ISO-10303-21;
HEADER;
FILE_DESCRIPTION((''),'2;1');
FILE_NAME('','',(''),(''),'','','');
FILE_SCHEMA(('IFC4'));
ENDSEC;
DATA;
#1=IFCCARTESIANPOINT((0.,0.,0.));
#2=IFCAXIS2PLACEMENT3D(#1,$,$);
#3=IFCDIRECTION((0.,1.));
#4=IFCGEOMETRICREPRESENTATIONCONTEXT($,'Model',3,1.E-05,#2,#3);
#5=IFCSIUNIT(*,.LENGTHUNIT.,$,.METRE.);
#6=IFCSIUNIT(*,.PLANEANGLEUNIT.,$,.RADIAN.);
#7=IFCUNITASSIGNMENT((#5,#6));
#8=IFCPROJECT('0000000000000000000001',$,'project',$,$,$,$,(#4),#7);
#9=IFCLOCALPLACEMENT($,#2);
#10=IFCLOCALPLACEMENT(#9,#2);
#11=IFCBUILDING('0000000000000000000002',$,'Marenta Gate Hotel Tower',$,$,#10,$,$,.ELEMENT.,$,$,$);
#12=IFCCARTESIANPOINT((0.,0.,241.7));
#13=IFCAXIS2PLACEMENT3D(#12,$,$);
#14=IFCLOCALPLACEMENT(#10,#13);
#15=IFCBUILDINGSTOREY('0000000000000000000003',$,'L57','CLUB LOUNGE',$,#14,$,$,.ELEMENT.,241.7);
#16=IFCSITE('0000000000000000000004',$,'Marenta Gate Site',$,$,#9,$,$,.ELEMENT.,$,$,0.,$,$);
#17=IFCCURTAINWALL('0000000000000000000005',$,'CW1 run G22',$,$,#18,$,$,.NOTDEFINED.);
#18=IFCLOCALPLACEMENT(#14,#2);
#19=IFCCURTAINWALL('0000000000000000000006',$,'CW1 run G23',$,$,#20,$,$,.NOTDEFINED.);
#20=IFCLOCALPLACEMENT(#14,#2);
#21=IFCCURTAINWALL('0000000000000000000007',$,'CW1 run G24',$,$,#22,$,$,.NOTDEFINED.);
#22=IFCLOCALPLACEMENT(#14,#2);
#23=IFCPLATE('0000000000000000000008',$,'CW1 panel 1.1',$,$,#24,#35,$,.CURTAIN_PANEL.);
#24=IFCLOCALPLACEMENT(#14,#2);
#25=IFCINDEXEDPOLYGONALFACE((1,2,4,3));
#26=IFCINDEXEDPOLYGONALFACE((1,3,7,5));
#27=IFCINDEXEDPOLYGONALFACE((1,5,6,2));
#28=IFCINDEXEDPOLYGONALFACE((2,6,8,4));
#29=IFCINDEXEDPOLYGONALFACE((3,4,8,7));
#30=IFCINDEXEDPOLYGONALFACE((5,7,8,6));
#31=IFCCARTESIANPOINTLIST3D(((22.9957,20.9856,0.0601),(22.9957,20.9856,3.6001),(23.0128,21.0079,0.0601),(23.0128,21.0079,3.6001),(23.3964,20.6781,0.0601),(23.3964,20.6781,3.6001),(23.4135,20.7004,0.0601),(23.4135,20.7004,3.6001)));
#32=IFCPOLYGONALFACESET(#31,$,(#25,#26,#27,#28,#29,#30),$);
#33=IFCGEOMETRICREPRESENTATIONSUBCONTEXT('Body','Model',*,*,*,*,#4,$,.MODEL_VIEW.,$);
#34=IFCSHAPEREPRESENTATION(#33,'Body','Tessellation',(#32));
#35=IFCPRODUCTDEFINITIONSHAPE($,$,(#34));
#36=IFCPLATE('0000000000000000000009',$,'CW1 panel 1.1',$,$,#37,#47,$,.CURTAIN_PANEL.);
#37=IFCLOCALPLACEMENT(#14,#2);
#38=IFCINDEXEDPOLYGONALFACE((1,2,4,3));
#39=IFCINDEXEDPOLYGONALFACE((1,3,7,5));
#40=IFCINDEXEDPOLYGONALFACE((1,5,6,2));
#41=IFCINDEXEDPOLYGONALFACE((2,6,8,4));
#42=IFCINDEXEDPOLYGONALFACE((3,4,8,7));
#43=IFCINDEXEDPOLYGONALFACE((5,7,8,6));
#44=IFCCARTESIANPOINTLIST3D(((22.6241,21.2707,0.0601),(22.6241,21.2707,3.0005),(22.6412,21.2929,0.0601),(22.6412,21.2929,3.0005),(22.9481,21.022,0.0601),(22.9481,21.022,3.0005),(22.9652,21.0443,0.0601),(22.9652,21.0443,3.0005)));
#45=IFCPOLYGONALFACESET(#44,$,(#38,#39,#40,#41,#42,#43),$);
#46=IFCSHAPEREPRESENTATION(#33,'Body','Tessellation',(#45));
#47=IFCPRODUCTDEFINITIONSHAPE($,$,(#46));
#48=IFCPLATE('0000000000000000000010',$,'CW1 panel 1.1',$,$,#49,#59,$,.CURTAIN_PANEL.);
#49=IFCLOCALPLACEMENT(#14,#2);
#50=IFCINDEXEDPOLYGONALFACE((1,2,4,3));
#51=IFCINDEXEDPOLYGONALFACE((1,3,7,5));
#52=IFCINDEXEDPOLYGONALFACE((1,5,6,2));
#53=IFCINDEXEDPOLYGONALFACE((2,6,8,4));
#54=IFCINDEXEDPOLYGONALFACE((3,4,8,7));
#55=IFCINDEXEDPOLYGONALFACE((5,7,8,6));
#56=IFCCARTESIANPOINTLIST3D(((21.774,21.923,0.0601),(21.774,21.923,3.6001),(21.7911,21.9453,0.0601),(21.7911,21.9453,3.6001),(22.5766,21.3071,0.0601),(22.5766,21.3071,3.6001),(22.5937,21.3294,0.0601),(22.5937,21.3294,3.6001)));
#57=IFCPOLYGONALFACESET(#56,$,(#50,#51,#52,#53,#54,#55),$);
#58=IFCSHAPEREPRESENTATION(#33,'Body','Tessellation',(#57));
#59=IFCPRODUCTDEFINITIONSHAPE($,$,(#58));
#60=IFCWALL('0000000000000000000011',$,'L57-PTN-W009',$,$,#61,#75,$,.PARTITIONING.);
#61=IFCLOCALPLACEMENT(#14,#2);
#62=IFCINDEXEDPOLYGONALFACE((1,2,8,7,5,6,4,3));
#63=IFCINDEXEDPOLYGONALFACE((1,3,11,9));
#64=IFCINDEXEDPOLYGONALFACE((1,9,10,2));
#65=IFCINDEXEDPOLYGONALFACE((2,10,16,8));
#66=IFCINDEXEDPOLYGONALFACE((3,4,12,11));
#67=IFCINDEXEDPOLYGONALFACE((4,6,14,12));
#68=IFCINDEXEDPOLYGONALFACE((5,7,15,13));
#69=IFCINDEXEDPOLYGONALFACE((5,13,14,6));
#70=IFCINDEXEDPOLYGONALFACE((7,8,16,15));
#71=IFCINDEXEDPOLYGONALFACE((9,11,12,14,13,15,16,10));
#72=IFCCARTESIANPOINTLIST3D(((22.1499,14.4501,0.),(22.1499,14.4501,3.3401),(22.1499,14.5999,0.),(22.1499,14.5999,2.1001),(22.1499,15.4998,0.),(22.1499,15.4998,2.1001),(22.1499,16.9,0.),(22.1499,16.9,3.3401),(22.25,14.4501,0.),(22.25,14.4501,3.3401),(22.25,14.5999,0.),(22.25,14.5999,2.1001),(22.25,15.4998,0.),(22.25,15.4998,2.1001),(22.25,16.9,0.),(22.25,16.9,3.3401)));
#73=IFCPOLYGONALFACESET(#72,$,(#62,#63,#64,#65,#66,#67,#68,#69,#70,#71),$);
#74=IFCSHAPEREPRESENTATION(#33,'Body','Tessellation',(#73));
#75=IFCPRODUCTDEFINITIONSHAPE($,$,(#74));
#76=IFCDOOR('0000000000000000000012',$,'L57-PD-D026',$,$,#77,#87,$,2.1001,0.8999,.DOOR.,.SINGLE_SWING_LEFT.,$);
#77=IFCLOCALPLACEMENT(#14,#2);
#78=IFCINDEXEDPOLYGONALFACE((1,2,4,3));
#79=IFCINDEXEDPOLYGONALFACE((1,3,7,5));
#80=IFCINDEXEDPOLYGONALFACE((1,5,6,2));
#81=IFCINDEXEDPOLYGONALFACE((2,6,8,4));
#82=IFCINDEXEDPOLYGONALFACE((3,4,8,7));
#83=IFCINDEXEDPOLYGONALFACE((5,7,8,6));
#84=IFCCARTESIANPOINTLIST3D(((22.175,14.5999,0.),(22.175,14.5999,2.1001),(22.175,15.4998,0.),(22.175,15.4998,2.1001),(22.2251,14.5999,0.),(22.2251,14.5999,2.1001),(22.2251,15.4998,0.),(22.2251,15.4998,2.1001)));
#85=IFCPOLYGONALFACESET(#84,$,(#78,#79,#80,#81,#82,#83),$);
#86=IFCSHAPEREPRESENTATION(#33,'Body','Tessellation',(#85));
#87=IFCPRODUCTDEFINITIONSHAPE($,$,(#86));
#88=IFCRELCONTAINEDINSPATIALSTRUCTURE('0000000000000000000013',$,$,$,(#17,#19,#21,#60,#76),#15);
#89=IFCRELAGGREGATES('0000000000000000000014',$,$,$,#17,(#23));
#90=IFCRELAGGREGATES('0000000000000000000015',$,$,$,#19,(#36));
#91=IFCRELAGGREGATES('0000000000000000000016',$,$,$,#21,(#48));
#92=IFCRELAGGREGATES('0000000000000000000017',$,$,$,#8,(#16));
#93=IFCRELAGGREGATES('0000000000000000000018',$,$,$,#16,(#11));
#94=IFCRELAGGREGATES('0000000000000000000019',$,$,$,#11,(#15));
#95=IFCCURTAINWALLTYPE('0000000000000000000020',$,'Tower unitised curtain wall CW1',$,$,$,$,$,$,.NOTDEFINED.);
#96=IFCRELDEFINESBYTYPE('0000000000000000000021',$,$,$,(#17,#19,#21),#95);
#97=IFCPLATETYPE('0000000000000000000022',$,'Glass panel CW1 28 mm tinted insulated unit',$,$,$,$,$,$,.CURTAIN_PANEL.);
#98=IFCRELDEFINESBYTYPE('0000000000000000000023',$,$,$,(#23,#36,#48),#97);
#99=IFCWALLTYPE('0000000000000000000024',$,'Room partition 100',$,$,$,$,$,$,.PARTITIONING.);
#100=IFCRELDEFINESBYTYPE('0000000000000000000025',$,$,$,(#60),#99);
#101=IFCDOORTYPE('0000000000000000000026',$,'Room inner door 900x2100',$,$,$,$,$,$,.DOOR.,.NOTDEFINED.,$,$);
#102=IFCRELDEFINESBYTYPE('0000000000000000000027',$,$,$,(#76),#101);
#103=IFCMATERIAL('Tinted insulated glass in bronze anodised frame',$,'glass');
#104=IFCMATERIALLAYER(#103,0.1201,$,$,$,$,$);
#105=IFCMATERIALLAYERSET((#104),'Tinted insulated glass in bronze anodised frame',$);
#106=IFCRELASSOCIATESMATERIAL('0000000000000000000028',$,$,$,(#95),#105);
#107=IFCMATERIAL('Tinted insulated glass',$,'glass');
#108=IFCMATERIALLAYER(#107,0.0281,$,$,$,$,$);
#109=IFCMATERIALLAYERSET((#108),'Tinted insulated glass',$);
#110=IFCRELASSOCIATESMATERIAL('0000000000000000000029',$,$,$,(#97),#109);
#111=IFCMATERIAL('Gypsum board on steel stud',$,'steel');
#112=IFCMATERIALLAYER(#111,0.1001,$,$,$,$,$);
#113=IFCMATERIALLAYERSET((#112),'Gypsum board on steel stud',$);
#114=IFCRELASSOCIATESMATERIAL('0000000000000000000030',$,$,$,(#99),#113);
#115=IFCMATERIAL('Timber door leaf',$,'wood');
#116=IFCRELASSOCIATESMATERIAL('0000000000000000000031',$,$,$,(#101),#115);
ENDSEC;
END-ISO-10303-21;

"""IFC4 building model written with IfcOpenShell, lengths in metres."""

from ifc_helpers import new_model, si_unit, direction, frame, frame_2d, origin, origin_2d, place, context, subcontext, project, spatial, rectangle, extrude, material, layer, layer_set, type_object, element, fill, aggregate, save


model = new_model("IFC4")

# Units and contexts
model_context = context("Model", 3, precision=1e-05, world=origin(), true_north=direction((0.0, 1.0)))
body_context = subcontext(model_context, "Body", "Model", "MODEL_VIEW")
ifc_project = project(units=[si_unit("LENGTHUNIT", "METRE"), si_unit("PLANEANGLEUNIT", "RADIAN")], contexts=[model_context])

# Site, building, storey
site_placement = place(None, origin())
site = spatial("IfcSite", under=ifc_project, at=site_placement, Name="Marenta Gate Site", CompositionType="ELEMENT", RefElevation=0.0)
building_placement = place(site_placement, origin())
building = spatial("IfcBuilding", under=site, at=building_placement, Name="Marenta Gate Hotel Tower", CompositionType="ELEMENT")
storey_placement = place(building_placement, frame((0.0, 0.0, 241.7)))
storey = spatial("IfcBuildingStorey", under=building, at=storey_placement, Name="L57", Description="CLUB LOUNGE", CompositionType="ELEMENT", Elevation=241.7)

# Curtain walls
ifc_material_1 = material(Name="Tinted insulated glass in bronze anodised frame", Category="glass")
ifc_layer_1 = layer(ifc_material_1, 0.1201)
ifc_layer_set_1 = layer_set([ifc_layer_1], Name="Tinted insulated glass in bronze anodised frame")
curtain_wall_type = type_object("IfcCurtainWallType", Name="Tower unitised curtain wall CW1", PredefinedType="NOTDEFINED", material=ifc_layer_set_1)
curtain_wall_1_placement = place(storey_placement, origin())
curtain_wall_1 = element("IfcCurtainWall", 1, at=curtain_wall_1_placement, inside=storey, type_object=curtain_wall_type, Name="CW1 run G22", PredefinedType="NOTDEFINED")
curtain_wall_2_placement = place(storey_placement, origin())
curtain_wall_2 = element("IfcCurtainWall", 2, at=curtain_wall_2_placement, inside=storey, type_object=curtain_wall_type, Name="CW1 run G23", PredefinedType="NOTDEFINED")
curtain_wall_3_placement = place(storey_placement, origin())
curtain_wall_3 = element("IfcCurtainWall", 3, at=curtain_wall_3_placement, inside=storey, type_object=curtain_wall_type, Name="CW1 run G24", PredefinedType="NOTDEFINED")

# Plates
ifc_material_2 = material(Name="Tinted insulated glass", Category="glass")
ifc_layer_2 = layer(ifc_material_2, 0.0281)
ifc_layer_set_2 = layer_set([ifc_layer_2], Name="Tinted insulated glass")
plate_type = type_object("IfcPlateType", Name="Glass panel CW1 28 mm tinted insulated unit", PredefinedType="CURTAIN_PANEL", material=ifc_layer_set_2)
plate_1_placement = place(storey_placement, frame((23.2046, 20.843, 0.0601), z_axis=(0.0, 0.0, 1.0), x_axis=(-0.793347, 0.60877, 0.0)))
plate_1 = element("IfcPlate", 4, at=plate_1_placement, type_object=plate_type, Name="CW1 panel 1.1", PredefinedType="CURTAIN_PANEL", context=body_context, shape_type="SweptSolid", body=[
    extrude(rectangle(XDim=0.5051, YDim=0.0281, at=origin_2d()), origin(), (0.0, 0.0, 1.0), 3.54),
])
aggregate(curtain_wall_1, [plate_1])
plate_2_placement = place(storey_placement, frame((22.7947, 21.1575, 0.0601), z_axis=(0.0, 0.0, 1.0), x_axis=(-0.79329, 0.608844, 0.0)))
plate_2 = element("IfcPlate", 5, at=plate_2_placement, type_object=plate_type, Name="CW1 panel 1.1", PredefinedType="CURTAIN_PANEL", context=body_context, shape_type="SweptSolid", body=[
    extrude(rectangle(XDim=0.4084, YDim=0.0281, at=origin_2d()), origin(), (0.0, 0.0, 1.0), 2.9404),
])
aggregate(curtain_wall_2, [plate_2])
plate_3_placement = place(storey_placement, frame((22.1838, 21.6262, 0.0601), z_axis=(0.0, 0.0, 1.0), x_axis=(-0.793345, 0.608772, 0.0)))
plate_3 = element("IfcPlate", 6, at=plate_3_placement, type_object=plate_type, Name="CW1 panel 1.1", PredefinedType="CURTAIN_PANEL", context=body_context, shape_type="SweptSolid", body=[
    extrude(rectangle(XDim=1.0117, YDim=0.0281, at=origin_2d()), origin(), (0.0, 0.0, 1.0), 3.54),
])
aggregate(curtain_wall_3, [plate_3])

# Wall, opening, door
ifc_material_3 = material(Name="Gypsum board on steel stud", Category="steel")
ifc_layer_3 = layer(ifc_material_3, 0.1001)
ifc_layer_set_3 = layer_set([ifc_layer_3], Name="Gypsum board on steel stud")
wall_type = type_object("IfcWallType", Name="Room partition 100", PredefinedType="PARTITIONING", material=ifc_layer_set_3)
wall_placement = place(storey_placement, frame((22.2, 14.45, 0.0), z_axis=(0.0, 0.0, 1.0), x_axis=(0.0, 1.0, 0.0)))
wall = element("IfcWall", 7, at=wall_placement, inside=storey, type_object=wall_type, Name="L57-PTN-W009", PredefinedType="PARTITIONING", context=body_context, shape_type="SweptSolid", body=[
    extrude(rectangle(XDim=2.45, YDim=0.1001, at=frame_2d((1.2251, 0.0))), origin(), (0.0, 0.0, 1.0), 3.3401),
])
opening_placement = place(wall_placement, frame((0.1499, 0.0, 0.0)))
opening = element("IfcOpeningElement", 8, at=opening_placement, cuts=wall, PredefinedType="OPENING", context=body_context, shape_type="SweptSolid", body=[
    extrude(rectangle(XDim=0.8999, YDim=2.1001, at=frame_2d((0.45, 1.05))), frame((0.0, 0.05, 0.0), z_axis=(0.0, -1.0, 0.0), x_axis=(1.0, 0.0, 0.0)), (0.0, 0.0, 1.0), 0.1001),
])
ifc_material_4 = material(Name="Timber door leaf", Category="wood")
door_type = type_object("IfcDoorType", Name="Room inner door 900x2100", OperationType="NOTDEFINED", PredefinedType="DOOR", material=ifc_material_4)
door_placement = place(opening_placement, origin())
door = element("IfcDoor", 9, at=door_placement, inside=storey, type_object=door_type, Name="L57-PD-D026", OperationType="SINGLE_SWING_LEFT", OverallHeight=2.1001, OverallWidth=0.8999, PredefinedType="DOOR", context=body_context, shape_type="SweptSolid", body=[
    extrude(rectangle(XDim=0.8999, YDim=2.1001, at=frame_2d((0.45, 1.05))), frame((0.0, 0.0249, 0.0), z_axis=(0.0, -1.0, 0.0), x_axis=(1.0, 0.0, 0.0)), (0.0, 0.0, 1.0), 0.05),
])
fill(opening, door)

save(model, "model.ifc")
